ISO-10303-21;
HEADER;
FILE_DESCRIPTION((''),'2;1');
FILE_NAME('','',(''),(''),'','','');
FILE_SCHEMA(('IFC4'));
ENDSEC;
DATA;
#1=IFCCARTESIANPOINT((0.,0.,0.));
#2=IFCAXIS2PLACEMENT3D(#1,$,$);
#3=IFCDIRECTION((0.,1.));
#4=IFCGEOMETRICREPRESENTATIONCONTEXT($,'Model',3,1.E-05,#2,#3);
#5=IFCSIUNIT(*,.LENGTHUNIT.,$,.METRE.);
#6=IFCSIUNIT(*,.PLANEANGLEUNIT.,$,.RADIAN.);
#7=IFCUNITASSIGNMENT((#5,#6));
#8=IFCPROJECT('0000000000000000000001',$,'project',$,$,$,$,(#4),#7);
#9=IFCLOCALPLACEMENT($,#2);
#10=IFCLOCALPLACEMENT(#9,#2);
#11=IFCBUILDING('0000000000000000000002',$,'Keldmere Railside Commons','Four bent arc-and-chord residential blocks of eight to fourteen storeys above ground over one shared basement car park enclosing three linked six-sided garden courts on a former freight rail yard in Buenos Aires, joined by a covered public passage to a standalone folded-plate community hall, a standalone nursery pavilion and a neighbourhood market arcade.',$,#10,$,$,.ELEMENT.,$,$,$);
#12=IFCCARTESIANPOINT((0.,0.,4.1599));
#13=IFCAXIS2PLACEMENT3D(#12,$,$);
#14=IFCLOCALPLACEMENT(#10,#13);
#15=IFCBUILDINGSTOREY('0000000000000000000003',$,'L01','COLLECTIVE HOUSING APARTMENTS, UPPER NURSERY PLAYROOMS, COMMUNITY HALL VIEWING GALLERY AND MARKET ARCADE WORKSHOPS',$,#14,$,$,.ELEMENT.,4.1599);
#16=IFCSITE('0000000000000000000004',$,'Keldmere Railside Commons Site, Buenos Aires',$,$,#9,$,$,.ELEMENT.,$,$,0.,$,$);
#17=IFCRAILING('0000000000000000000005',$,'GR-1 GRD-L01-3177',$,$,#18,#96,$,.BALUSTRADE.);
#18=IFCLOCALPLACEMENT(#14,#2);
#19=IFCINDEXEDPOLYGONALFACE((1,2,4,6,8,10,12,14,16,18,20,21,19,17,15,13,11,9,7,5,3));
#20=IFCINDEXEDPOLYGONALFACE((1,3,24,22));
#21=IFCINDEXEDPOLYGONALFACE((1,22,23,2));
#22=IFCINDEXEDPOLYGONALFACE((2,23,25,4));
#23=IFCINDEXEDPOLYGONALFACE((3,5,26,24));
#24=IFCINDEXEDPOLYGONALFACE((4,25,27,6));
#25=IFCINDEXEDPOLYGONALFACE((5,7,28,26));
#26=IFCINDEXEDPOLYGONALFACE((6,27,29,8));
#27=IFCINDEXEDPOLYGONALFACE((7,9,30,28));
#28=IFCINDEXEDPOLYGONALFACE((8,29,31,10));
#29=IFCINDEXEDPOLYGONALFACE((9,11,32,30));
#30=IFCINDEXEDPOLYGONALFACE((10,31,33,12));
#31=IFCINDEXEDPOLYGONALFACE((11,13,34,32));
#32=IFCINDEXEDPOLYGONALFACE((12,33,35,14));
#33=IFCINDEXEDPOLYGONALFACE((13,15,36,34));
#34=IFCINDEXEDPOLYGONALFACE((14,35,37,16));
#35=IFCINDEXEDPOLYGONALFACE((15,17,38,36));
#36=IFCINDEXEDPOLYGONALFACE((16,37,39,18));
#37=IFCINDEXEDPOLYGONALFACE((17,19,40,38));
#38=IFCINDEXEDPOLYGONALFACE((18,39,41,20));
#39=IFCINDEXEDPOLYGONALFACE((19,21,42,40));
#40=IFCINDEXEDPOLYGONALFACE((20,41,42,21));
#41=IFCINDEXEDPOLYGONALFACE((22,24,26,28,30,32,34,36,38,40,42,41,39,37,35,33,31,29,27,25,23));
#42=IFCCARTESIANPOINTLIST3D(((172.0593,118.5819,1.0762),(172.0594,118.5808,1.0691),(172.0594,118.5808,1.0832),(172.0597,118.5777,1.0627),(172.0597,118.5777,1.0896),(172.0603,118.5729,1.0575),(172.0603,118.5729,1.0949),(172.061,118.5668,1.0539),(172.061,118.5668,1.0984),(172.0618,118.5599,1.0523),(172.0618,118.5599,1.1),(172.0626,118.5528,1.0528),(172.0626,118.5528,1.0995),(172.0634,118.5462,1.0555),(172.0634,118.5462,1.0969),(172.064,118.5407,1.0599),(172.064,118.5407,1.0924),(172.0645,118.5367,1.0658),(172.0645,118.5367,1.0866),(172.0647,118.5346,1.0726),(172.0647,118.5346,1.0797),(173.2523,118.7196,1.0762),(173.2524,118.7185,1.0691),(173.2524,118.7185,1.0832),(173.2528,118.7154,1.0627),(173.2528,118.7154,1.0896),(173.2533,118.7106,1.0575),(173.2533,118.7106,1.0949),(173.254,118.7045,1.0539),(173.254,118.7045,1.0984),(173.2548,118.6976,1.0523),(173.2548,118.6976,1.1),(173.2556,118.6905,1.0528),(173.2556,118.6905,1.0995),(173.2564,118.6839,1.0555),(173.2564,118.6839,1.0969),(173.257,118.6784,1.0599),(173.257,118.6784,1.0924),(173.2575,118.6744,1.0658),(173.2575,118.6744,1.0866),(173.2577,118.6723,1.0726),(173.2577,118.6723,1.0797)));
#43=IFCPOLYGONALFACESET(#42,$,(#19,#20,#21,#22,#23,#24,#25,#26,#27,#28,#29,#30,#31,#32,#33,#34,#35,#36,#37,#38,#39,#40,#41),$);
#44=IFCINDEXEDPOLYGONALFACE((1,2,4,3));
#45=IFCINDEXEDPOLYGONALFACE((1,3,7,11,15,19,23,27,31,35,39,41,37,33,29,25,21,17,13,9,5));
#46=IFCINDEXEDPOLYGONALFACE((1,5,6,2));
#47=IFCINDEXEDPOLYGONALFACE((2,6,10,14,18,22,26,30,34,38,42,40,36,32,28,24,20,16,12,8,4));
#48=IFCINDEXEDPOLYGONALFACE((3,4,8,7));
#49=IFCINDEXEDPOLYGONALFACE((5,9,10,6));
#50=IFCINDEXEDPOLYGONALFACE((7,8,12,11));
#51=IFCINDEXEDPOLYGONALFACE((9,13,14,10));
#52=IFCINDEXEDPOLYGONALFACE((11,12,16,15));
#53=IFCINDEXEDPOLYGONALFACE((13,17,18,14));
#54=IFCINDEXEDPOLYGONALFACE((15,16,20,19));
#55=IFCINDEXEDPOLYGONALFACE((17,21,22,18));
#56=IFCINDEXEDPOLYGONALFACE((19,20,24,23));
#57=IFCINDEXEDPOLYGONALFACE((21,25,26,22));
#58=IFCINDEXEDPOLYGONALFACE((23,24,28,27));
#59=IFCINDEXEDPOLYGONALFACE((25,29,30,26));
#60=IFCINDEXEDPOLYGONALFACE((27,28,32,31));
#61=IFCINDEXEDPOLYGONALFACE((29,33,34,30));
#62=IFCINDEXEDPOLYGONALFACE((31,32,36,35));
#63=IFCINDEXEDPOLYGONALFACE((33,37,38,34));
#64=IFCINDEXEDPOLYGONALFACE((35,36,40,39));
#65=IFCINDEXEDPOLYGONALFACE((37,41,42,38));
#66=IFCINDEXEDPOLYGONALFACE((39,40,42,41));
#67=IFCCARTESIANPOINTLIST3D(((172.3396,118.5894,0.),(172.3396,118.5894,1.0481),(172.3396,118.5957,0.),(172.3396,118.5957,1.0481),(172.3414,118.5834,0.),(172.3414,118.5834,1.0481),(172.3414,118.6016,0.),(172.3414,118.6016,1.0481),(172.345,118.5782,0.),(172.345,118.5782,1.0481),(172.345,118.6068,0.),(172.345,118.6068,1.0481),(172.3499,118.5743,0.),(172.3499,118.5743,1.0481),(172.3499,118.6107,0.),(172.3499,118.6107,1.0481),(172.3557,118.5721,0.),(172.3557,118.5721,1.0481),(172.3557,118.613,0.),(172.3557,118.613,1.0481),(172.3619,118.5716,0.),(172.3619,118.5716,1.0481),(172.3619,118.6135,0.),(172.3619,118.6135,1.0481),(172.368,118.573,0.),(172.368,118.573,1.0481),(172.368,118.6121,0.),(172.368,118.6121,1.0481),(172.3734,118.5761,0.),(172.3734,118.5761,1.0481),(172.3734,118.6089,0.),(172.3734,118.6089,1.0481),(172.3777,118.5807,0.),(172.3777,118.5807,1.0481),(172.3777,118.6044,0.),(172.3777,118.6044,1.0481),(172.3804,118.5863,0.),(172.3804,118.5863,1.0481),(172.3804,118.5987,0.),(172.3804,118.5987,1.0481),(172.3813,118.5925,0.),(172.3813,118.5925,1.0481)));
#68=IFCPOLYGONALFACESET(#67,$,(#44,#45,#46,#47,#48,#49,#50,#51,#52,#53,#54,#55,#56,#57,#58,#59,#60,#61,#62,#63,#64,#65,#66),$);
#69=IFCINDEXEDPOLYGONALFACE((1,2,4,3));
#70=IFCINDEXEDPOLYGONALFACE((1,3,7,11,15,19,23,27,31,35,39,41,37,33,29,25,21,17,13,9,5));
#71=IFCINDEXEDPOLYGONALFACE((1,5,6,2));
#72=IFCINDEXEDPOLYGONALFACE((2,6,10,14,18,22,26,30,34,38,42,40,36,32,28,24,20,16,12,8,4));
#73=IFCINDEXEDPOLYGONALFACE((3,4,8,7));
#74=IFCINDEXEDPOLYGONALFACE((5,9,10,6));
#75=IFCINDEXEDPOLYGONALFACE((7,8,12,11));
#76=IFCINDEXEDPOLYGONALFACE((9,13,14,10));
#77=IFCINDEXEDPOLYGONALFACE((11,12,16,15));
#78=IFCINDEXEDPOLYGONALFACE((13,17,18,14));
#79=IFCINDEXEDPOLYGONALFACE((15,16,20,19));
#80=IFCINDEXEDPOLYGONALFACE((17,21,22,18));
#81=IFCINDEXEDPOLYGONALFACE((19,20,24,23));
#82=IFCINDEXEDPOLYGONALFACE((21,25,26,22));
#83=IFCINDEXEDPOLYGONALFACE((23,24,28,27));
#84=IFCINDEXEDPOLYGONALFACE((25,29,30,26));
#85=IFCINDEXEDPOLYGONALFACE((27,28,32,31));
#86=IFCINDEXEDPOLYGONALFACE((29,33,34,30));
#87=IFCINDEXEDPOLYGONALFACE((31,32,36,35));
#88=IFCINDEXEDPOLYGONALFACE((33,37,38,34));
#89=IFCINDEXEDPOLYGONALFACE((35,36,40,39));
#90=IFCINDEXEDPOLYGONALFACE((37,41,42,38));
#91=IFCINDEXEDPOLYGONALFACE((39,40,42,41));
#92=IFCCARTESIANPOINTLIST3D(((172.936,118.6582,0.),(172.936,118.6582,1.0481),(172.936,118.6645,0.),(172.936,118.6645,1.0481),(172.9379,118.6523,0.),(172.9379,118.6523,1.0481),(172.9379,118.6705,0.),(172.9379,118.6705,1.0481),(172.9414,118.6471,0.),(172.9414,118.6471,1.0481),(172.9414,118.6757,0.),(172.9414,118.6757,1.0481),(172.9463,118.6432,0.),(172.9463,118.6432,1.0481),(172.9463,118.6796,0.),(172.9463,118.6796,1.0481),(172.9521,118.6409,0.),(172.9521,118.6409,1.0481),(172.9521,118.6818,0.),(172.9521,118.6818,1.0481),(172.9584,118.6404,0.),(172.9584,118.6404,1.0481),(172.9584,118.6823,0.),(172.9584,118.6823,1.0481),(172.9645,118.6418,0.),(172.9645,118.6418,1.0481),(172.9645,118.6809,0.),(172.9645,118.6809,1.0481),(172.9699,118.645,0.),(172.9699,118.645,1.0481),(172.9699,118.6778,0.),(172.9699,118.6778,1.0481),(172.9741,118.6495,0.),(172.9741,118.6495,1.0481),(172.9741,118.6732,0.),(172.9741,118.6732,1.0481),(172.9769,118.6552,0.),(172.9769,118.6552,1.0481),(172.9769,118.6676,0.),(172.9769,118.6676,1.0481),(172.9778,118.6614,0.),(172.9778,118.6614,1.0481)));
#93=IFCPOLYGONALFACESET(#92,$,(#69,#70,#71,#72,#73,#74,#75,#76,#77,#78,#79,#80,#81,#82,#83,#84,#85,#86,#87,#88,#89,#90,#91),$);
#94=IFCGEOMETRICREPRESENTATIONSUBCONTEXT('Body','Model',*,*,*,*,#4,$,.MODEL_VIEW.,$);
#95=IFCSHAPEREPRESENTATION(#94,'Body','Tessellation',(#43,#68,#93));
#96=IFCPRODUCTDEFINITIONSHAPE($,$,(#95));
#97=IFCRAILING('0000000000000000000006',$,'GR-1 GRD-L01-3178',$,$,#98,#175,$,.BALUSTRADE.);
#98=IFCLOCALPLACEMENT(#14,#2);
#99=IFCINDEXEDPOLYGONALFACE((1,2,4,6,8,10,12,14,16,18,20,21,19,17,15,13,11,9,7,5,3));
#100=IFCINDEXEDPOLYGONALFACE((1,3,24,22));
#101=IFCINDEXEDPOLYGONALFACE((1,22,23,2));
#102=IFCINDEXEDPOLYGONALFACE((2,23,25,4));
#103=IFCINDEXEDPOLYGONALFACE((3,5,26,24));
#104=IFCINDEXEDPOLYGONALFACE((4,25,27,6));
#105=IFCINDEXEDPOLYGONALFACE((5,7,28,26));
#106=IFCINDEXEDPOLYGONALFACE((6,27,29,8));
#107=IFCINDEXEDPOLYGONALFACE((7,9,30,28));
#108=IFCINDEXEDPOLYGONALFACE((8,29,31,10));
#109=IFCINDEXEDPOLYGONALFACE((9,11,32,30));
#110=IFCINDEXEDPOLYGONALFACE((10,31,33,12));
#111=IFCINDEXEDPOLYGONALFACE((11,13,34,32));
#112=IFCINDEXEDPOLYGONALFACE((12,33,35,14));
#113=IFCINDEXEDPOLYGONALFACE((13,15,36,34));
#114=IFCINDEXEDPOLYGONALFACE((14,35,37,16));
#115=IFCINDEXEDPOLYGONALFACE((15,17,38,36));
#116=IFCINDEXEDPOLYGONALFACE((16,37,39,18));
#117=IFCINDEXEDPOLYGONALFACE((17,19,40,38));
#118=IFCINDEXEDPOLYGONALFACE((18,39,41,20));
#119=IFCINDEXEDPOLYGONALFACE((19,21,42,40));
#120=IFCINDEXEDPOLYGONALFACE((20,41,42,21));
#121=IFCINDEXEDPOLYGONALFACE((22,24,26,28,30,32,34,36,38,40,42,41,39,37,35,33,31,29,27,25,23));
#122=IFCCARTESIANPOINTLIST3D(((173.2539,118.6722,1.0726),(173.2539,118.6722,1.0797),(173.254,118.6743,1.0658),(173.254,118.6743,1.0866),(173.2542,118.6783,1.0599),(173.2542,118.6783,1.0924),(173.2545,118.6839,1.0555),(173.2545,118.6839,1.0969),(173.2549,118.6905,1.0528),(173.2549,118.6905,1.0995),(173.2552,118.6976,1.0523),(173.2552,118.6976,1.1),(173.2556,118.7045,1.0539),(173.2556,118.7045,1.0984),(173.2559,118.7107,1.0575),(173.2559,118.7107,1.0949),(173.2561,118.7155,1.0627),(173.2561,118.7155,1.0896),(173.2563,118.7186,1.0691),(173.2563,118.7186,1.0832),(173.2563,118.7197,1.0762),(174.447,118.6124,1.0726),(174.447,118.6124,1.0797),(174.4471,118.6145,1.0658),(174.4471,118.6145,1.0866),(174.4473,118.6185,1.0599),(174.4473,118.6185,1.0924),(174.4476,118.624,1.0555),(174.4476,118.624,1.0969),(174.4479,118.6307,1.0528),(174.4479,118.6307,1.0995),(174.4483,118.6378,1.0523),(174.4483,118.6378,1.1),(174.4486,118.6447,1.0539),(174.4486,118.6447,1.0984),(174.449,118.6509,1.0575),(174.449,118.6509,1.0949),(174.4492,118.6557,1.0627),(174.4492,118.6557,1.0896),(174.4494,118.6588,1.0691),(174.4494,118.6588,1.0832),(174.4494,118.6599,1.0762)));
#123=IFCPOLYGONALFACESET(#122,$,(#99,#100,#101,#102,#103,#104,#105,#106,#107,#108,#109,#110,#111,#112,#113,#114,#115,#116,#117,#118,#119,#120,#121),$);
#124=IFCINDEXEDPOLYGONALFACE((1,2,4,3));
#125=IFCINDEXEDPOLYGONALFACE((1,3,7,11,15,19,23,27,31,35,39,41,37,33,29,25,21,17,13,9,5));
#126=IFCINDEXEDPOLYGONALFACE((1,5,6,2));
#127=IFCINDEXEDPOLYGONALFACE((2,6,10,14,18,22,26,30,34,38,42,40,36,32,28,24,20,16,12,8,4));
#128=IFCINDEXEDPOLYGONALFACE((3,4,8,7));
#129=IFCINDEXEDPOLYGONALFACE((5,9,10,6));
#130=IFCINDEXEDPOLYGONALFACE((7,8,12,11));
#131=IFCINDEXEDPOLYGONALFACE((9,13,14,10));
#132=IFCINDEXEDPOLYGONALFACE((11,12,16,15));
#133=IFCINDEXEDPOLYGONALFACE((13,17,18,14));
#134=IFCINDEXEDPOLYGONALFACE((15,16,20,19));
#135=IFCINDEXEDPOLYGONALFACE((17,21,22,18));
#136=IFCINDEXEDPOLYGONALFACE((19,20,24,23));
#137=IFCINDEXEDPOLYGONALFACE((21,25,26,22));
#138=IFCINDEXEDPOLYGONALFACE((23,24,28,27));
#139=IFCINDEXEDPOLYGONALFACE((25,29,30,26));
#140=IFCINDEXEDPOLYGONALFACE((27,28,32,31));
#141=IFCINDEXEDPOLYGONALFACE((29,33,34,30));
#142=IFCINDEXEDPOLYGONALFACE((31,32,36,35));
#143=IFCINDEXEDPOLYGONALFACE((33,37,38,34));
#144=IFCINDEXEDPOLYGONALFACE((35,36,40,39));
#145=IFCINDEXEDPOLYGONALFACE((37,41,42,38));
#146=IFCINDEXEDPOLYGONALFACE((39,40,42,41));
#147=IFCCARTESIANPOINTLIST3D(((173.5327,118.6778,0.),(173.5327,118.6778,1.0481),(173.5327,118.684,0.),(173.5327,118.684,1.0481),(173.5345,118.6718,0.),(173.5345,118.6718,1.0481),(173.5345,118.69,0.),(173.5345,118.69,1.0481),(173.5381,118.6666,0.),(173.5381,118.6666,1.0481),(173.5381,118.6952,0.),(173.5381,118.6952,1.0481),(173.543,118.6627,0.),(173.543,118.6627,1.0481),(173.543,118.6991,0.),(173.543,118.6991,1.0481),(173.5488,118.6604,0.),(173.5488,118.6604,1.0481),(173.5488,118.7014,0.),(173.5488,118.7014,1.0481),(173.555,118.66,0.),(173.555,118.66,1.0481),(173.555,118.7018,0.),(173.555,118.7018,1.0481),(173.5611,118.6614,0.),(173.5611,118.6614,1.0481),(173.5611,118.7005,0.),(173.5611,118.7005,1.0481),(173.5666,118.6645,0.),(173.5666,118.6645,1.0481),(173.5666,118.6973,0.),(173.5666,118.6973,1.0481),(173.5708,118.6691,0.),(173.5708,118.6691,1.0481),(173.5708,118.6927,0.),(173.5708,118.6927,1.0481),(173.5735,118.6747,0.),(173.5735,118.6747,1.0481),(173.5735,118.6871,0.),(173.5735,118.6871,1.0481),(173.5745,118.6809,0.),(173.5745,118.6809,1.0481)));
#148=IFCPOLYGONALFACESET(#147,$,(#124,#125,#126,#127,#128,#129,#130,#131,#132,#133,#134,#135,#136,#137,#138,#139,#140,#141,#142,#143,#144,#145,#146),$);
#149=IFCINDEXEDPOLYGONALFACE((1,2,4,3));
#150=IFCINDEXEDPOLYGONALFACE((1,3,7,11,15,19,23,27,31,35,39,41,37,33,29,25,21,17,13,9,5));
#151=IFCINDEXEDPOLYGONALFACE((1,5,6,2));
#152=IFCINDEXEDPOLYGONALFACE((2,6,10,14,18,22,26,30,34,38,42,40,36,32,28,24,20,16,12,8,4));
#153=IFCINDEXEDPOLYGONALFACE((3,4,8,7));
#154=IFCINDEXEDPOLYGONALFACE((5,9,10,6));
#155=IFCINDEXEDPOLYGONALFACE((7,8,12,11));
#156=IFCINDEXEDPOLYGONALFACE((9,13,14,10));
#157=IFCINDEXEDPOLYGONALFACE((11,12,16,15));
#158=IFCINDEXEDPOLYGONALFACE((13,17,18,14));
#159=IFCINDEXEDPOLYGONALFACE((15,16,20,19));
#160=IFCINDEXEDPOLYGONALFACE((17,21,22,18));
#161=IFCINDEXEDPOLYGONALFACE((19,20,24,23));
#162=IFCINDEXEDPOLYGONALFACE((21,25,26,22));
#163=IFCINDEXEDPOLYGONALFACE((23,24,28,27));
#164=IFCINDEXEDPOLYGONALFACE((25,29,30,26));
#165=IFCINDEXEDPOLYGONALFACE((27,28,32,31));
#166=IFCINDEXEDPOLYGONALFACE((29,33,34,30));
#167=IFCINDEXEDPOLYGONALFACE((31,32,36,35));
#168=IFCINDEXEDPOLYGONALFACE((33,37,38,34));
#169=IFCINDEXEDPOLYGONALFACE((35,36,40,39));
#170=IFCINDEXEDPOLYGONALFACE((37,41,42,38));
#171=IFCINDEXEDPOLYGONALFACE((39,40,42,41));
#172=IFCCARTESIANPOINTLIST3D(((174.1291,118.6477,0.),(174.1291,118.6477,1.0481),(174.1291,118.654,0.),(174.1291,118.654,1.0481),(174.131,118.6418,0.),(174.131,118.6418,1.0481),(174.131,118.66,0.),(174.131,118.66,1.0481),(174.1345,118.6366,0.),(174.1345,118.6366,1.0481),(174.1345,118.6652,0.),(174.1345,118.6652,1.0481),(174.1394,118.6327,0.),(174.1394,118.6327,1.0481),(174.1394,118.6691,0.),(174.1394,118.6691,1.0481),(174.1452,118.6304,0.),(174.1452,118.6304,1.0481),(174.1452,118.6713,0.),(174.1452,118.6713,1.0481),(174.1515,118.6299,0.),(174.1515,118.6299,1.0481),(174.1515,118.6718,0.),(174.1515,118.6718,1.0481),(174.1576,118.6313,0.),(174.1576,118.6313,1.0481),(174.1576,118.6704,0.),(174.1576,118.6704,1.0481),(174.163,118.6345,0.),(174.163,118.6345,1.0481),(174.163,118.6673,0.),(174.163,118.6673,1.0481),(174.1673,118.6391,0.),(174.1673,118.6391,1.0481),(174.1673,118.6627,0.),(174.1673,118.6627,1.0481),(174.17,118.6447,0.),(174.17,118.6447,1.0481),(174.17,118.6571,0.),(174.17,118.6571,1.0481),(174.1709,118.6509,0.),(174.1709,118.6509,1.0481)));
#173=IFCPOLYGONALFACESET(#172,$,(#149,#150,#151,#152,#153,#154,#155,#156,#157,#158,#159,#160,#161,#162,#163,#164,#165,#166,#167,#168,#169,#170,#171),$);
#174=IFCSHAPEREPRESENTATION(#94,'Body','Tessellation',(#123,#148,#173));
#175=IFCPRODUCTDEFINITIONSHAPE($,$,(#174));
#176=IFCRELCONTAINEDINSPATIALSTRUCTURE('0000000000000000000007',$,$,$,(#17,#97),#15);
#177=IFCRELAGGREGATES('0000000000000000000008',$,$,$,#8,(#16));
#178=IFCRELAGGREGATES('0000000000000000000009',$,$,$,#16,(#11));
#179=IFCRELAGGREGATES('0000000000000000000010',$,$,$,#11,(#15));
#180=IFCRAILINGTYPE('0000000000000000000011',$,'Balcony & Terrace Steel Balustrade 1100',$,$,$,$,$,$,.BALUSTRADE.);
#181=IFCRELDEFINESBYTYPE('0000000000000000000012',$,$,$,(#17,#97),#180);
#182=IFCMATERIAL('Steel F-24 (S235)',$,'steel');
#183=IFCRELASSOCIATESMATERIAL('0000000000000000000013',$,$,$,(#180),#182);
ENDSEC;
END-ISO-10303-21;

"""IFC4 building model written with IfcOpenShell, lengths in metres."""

from ifc_helpers import new_model, si_unit, direction, frame, origin, origin_2d, place, context, subcontext, project, spatial, circle, extrude, material, type_object, element, save


model = new_model("IFC4")

# Units and contexts
model_context = context("Model", 3, precision=1e-05, world=origin(), true_north=direction((0.0, 1.0)))
body_context = subcontext(model_context, "Body", "Model", "MODEL_VIEW")
ifc_project = project(units=[si_unit("LENGTHUNIT", "METRE"), si_unit("PLANEANGLEUNIT", "RADIAN")], contexts=[model_context])

# Site, building, storey
site_placement = place(None, origin())
site = spatial("IfcSite", under=ifc_project, at=site_placement, Name="Keldmere Railside Commons Site, Buenos Aires", CompositionType="ELEMENT", RefElevation=0.0)
building_placement = place(site_placement, origin())
building = spatial("IfcBuilding", under=site, at=building_placement, Name="Keldmere Railside Commons", Description="Four bent arc-and-chord residential blocks of eight to fourteen storeys above ground over one shared basement car park enclosing three linked six-sided garden courts on a former freight rail yard in Buenos Aires, joined by a covered public passage to a standalone folded-plate community hall, a standalone nursery pavilion and a neighbourhood market arcade.", CompositionType="ELEMENT")
storey_placement = place(building_placement, frame((0.0, 0.0, 4.1599)))
storey = spatial("IfcBuildingStorey", under=building, at=storey_placement, Name="L01", Description="COLLECTIVE HOUSING APARTMENTS, UPPER NURSERY PLAYROOMS, COMMUNITY HALL VIEWING GALLERY AND MARKET ARCADE WORKSHOPS", CompositionType="ELEMENT", Elevation=4.1599)

# Railings
ifc_material_1 = material(Name="Steel F-24 (S235)", Category="steel")
railing_type = type_object("IfcRailingType", Name="Balcony & Terrace Steel Balustrade 1100", PredefinedType="BALUSTRADE", material=ifc_material_1)
railing_1_placement = place(storey_placement, frame((172.062, 118.5581, 0.0)))
element("IfcRailing", 1, at=railing_1_placement, inside=storey, type_object=railing_type, Name="GR-1 GRD-L01-3177", PredefinedType="BALUSTRADE", context=body_context, shape_type="SweptSolid", body=[
    extrude(circle(Radius=0.0239, at=origin_2d()), frame((0.0, 0.0, 1.0762), z_axis=(0.993406, 0.114647, 0.0), x_axis=(-0.114647, 0.993406, 0.0)), (0.0, 0.0, 1.0), 1.2009),
    extrude(circle(Radius=0.021, at=origin_2d()), frame((0.2983, 0.0344, 0.0)), (0.0, 0.0, 1.0), 1.0481),
    extrude(circle(Radius=0.021, at=origin_2d()), frame((0.8948, 0.1033, 0.0)), (0.0, 0.0, 1.0), 1.0481),
])
railing_2_placement = place(storey_placement, frame((173.2551, 118.6958, 0.0)))
element("IfcRailing", 2, at=railing_2_placement, inside=storey, type_object=railing_type, Name="GR-1 GRD-L01-3178", PredefinedType="BALUSTRADE", context=body_context, shape_type="SweptSolid", body=[
    extrude(circle(Radius=0.0239, at=origin_2d()), frame((0.0, 0.0, 1.0762), z_axis=(0.998746, -0.05007, 0.0), x_axis=(0.05007, 0.998746, 0.0)), (0.0, 0.0, 1.0), 1.1946),
    extrude(circle(Radius=0.021, at=origin_2d()), frame((0.2983, -0.0149, 0.0)), (0.0, 0.0, 1.0), 1.0481),
    extrude(circle(Radius=0.021, at=origin_2d()), frame((0.8948, -0.0449, 0.0)), (0.0, 0.0, 1.0), 1.0481),
])

save(model, "model.ifc")
